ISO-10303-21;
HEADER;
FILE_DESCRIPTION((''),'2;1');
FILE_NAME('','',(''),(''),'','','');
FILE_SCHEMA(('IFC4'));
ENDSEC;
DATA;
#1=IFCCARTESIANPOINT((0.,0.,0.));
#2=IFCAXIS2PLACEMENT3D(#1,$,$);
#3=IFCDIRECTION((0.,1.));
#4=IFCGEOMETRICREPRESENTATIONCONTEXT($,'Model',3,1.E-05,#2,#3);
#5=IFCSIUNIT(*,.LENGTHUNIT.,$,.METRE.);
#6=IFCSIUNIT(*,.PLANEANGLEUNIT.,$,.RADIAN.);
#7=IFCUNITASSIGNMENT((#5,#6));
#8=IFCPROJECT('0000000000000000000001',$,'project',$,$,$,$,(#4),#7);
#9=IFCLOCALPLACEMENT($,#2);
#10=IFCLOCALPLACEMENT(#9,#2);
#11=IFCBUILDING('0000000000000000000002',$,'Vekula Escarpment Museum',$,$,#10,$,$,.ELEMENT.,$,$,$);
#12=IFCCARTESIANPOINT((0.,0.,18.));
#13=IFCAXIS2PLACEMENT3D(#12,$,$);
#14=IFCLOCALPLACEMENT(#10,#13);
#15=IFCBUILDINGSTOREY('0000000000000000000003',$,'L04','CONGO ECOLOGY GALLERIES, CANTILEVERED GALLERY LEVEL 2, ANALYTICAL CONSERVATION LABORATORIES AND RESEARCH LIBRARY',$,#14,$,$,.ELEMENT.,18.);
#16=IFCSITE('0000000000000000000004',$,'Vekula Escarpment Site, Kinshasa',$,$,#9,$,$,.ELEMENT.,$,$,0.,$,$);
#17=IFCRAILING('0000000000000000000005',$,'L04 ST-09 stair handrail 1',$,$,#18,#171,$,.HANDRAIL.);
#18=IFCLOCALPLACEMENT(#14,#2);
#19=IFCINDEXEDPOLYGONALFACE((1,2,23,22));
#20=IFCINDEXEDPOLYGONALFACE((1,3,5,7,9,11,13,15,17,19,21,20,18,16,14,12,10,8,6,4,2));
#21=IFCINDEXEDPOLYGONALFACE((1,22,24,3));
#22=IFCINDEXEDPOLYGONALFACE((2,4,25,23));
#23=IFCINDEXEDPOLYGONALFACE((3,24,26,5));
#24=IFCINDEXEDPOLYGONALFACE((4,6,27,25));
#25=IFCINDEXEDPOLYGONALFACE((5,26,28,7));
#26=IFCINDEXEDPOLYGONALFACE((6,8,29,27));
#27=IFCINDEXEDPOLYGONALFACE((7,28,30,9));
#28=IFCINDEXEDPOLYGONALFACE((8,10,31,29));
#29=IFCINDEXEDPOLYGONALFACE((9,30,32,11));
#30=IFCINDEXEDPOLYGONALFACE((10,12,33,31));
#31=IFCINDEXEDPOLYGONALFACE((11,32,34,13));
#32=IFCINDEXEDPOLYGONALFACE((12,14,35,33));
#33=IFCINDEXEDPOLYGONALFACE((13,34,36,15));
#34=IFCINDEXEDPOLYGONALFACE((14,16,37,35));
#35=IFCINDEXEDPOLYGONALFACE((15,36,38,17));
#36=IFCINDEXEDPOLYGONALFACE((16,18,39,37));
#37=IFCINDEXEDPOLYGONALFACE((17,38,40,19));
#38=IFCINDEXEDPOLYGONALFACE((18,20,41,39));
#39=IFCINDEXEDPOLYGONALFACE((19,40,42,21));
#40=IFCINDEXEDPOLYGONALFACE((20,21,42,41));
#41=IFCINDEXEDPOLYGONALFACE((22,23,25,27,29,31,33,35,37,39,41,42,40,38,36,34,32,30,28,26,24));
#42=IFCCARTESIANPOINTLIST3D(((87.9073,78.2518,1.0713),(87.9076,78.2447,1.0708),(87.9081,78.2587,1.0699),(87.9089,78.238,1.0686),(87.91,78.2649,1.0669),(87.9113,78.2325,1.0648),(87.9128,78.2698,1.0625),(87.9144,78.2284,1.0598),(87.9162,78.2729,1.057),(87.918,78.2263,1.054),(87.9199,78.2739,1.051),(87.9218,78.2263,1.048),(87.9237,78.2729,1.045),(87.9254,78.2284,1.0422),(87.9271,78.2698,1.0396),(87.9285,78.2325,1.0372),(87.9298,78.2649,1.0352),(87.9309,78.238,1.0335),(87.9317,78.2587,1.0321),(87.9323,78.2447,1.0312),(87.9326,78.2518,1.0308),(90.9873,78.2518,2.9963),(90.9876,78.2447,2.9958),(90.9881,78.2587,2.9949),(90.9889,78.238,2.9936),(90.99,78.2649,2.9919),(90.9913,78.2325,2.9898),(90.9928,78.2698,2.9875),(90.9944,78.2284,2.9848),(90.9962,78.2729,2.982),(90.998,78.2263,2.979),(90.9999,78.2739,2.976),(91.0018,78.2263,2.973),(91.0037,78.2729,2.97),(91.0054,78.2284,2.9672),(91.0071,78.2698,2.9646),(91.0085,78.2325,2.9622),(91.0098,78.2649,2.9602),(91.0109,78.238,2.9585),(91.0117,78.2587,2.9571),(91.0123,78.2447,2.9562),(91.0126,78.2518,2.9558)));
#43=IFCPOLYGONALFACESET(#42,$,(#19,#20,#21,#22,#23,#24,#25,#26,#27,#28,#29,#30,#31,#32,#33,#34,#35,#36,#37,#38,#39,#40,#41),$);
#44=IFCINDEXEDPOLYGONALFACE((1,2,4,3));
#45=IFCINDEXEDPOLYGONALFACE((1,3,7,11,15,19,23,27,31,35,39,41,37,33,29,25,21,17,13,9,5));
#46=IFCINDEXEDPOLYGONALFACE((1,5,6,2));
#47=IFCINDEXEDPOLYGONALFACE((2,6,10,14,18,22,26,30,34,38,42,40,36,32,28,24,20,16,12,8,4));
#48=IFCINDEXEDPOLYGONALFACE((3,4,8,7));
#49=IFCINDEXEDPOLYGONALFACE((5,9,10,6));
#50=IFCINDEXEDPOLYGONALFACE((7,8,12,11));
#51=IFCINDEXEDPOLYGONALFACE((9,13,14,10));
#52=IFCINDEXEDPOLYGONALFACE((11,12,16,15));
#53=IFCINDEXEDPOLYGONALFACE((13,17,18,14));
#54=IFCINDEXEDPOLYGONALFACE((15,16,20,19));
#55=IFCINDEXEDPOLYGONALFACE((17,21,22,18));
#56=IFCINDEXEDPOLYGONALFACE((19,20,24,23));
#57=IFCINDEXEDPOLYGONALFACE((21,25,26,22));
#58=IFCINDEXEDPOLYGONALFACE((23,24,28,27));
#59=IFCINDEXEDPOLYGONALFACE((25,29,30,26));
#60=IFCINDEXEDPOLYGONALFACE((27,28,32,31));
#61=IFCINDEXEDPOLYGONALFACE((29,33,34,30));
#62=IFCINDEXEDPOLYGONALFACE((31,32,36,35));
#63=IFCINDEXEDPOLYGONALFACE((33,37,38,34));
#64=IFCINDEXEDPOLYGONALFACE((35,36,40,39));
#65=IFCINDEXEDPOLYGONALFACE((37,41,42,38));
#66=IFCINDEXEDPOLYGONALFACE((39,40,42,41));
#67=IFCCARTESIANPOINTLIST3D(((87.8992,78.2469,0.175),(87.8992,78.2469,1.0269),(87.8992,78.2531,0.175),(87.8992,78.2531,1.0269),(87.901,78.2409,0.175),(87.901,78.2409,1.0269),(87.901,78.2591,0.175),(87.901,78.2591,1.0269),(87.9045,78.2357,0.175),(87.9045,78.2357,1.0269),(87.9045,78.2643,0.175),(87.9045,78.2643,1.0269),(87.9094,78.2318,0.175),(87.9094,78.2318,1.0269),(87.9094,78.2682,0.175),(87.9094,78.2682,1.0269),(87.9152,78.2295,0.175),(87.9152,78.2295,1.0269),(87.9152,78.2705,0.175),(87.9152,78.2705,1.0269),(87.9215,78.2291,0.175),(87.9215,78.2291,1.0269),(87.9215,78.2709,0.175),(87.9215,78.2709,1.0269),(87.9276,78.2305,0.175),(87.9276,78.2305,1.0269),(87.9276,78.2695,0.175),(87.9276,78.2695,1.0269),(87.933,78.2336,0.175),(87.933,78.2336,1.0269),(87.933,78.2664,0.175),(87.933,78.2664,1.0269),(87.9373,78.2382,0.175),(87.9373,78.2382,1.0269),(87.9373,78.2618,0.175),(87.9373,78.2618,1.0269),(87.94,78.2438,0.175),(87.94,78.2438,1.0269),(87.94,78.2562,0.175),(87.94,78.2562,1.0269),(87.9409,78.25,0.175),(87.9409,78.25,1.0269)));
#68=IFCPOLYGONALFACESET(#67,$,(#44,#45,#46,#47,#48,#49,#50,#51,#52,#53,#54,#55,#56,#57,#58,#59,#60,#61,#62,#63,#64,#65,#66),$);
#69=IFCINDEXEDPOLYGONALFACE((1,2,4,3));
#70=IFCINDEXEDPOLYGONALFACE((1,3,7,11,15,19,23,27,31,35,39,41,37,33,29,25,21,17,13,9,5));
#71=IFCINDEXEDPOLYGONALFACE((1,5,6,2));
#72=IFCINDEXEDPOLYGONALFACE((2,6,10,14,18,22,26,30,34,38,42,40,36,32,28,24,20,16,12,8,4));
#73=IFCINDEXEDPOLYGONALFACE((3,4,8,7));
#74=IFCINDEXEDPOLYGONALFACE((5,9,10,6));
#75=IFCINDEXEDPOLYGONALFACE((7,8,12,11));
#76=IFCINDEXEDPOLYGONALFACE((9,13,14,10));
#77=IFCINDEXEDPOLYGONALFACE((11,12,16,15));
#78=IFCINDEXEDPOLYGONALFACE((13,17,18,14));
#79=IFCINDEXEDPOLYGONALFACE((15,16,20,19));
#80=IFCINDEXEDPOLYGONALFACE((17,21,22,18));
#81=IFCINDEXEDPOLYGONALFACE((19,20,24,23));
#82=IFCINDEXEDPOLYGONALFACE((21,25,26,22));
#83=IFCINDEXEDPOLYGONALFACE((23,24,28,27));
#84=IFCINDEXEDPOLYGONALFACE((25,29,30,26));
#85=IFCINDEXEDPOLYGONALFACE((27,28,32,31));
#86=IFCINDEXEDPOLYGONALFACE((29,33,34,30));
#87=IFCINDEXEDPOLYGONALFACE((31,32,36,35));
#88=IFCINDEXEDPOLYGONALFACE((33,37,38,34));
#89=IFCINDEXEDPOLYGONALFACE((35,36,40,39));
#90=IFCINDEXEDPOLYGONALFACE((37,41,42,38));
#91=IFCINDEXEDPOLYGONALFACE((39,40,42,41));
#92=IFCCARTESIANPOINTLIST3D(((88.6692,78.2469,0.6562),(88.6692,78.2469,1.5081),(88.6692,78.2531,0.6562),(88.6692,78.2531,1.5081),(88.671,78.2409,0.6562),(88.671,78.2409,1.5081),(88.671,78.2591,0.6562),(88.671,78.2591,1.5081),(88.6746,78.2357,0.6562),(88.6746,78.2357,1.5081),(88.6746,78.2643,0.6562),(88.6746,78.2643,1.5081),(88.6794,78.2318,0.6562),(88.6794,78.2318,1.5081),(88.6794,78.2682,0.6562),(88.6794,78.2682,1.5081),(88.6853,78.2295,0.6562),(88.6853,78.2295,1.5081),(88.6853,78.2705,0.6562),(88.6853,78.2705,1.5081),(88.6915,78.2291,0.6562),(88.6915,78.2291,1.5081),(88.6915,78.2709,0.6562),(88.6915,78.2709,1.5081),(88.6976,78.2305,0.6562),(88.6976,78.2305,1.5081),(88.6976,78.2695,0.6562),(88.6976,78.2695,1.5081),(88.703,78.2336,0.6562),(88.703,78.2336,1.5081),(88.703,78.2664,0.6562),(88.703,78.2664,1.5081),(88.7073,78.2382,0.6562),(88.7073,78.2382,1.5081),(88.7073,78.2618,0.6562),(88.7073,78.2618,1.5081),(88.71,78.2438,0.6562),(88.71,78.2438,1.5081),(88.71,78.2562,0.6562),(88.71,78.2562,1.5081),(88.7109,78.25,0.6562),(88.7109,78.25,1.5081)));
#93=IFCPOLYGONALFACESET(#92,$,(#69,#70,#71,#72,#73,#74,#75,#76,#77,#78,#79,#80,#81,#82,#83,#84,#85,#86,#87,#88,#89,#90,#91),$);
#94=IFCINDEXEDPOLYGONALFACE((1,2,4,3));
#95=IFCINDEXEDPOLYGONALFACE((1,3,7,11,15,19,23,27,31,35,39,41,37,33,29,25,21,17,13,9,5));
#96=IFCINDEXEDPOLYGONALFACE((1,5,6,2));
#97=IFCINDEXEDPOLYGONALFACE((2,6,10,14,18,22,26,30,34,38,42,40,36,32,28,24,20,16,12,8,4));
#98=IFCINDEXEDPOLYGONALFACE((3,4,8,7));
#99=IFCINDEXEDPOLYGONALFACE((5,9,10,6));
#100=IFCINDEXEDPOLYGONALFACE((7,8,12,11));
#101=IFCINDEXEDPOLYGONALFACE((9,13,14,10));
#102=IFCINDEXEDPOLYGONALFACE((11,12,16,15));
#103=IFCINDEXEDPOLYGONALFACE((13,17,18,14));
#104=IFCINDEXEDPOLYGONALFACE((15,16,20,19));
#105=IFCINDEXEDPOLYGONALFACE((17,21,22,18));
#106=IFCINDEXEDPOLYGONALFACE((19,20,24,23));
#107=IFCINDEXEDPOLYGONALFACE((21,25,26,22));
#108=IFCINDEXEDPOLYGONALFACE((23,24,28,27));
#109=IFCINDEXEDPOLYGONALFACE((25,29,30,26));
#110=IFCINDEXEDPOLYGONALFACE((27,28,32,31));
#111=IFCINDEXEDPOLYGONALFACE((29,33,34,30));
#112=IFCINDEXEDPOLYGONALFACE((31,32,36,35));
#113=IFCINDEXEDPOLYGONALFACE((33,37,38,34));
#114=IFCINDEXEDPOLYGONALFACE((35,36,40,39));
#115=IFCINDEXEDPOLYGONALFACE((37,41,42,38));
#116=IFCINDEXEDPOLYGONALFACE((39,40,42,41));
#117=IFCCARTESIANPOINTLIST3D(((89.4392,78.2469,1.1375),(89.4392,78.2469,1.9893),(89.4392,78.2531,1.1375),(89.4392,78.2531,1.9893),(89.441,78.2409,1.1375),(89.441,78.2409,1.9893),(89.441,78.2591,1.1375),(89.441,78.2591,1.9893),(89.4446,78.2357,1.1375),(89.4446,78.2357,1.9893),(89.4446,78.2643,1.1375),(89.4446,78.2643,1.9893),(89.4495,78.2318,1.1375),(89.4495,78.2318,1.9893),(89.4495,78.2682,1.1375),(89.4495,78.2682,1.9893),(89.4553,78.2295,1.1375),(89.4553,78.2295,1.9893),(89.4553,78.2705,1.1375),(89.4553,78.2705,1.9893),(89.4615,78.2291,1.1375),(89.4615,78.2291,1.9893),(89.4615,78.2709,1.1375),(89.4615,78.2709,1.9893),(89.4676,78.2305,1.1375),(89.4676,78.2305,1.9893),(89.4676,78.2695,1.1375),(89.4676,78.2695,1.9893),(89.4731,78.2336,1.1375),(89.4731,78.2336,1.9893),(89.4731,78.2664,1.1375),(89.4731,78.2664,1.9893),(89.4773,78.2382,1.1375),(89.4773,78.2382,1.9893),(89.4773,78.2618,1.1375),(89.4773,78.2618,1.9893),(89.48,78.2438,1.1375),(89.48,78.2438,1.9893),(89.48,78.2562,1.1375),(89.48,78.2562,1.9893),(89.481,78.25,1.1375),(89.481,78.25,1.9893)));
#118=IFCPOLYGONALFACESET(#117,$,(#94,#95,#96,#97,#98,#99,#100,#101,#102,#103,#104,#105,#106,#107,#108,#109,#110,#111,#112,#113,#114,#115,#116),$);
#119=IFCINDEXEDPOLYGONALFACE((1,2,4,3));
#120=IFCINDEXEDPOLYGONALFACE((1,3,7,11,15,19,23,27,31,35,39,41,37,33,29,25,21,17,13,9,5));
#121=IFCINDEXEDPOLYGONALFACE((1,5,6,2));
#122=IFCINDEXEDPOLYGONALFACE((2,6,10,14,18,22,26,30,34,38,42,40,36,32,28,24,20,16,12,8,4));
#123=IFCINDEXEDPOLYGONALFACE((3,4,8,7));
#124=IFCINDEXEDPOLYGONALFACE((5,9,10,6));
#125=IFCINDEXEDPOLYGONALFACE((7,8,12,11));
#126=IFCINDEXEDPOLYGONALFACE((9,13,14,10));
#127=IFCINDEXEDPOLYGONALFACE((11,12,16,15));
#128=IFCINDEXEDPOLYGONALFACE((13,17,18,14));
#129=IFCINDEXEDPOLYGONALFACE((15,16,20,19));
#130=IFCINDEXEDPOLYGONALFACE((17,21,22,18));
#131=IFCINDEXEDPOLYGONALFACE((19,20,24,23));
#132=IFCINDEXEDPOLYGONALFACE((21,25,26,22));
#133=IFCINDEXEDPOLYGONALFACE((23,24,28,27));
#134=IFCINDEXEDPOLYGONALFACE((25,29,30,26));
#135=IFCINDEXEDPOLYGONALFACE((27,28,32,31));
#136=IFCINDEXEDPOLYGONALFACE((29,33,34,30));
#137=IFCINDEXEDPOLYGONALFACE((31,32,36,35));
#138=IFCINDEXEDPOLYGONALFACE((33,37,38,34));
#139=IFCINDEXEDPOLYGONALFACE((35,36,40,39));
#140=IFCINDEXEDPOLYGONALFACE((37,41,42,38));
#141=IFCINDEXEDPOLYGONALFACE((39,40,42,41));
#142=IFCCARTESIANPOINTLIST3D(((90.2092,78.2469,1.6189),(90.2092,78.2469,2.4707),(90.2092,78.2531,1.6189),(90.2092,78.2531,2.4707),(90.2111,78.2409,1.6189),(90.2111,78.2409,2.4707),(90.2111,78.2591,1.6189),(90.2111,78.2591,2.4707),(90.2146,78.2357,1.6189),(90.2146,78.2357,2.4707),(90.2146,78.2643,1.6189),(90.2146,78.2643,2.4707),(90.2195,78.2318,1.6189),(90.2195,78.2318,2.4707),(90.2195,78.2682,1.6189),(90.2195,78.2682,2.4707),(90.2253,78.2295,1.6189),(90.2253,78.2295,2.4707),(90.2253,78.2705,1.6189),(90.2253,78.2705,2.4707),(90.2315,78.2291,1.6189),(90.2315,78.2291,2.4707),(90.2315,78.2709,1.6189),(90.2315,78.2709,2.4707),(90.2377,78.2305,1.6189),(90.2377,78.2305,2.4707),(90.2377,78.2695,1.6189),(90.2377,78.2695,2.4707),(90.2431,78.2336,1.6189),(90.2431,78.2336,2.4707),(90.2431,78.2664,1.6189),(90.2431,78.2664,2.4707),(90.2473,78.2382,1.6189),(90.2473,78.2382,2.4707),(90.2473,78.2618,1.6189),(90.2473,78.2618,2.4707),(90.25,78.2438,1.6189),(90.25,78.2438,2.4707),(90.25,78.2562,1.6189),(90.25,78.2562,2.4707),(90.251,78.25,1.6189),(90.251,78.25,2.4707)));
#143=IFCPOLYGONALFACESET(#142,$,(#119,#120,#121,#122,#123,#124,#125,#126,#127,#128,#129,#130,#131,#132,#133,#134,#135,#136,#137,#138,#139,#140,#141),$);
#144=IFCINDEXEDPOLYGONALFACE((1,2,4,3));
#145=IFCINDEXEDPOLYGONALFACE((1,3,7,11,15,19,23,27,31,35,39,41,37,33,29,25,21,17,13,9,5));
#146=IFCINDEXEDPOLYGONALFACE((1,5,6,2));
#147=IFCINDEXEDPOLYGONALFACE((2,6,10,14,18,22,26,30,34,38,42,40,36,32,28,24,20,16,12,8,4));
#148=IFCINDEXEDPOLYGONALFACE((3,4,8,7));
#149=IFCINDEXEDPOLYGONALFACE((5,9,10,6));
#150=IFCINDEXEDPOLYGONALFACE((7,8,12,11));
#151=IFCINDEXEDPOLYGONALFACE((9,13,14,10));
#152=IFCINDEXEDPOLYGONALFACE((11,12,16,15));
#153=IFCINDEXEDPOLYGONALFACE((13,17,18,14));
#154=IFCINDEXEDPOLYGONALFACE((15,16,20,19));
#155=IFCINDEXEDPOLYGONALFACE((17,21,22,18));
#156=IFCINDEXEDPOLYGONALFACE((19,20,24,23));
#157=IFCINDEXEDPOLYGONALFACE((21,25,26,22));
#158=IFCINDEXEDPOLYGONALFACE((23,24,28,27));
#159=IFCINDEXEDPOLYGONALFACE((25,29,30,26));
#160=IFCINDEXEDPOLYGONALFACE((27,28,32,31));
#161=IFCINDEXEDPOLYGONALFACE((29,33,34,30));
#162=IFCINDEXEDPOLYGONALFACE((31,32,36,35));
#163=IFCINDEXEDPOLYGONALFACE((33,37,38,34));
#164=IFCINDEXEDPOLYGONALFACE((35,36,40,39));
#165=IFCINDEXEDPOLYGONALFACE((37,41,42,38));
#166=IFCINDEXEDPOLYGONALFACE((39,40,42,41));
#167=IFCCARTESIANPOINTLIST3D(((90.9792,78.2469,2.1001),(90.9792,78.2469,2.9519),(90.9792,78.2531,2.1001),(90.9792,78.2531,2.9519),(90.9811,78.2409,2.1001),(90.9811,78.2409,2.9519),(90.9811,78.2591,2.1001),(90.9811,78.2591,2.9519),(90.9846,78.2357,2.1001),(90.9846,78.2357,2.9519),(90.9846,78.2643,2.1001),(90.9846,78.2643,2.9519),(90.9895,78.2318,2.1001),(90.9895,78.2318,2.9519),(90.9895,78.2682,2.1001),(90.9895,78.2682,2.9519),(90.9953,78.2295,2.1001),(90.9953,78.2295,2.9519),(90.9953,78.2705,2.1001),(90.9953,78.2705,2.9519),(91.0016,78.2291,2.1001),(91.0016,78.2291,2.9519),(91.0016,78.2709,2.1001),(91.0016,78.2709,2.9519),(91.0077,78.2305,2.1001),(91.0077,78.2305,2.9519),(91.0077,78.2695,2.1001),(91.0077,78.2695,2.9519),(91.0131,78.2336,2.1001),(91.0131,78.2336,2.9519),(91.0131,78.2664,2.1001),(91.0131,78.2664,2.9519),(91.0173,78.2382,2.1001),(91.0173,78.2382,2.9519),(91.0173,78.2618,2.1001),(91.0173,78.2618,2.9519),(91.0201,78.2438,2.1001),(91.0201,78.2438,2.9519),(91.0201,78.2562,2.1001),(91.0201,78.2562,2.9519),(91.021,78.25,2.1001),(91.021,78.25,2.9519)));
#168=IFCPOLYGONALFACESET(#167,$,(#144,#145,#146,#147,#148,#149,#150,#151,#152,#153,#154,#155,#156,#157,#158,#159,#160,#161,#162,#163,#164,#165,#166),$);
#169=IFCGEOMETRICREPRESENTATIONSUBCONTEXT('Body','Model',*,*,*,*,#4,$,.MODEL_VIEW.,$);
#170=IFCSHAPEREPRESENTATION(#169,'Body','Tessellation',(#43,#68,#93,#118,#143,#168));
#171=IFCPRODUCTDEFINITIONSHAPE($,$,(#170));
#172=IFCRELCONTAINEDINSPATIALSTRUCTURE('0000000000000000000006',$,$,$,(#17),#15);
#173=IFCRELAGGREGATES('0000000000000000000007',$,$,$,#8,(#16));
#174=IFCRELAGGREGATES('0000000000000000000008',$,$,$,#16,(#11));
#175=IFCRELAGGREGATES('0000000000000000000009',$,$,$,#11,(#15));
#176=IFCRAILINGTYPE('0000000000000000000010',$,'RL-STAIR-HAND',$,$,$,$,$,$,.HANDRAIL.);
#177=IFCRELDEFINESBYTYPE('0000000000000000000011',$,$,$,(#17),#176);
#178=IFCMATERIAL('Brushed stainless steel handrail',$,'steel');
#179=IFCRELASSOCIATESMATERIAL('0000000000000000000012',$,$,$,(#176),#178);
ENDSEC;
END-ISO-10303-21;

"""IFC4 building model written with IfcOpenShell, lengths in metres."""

from ifc_helpers import new_model, si_unit, direction, frame, origin, origin_2d, place, context, subcontext, project, spatial, circle, extrude, material, type_object, element, save


model = new_model("IFC4")

# Units and contexts
model_context = context("Model", 3, precision=1e-05, world=origin(), true_north=direction((0.0, 1.0)))
body_context = subcontext(model_context, "Body", "Model", "MODEL_VIEW")
ifc_project = project(units=[si_unit("LENGTHUNIT", "METRE"), si_unit("PLANEANGLEUNIT", "RADIAN")], contexts=[model_context])

# Site, building, storey
site_placement = place(None, origin())
site = spatial("IfcSite", under=ifc_project, at=site_placement, Name="Vekula Escarpment Site, Kinshasa", CompositionType="ELEMENT", RefElevation=0.0)
building_placement = place(site_placement, origin())
building = spatial("IfcBuilding", under=site, at=building_placement, Name="Vekula Escarpment Museum", CompositionType="ELEMENT")
storey_placement = place(building_placement, frame((0.0, 0.0, 18.0)))
storey = spatial("IfcBuildingStorey", under=building, at=storey_placement, Name="L04", Description="CONGO ECOLOGY GALLERIES, CANTILEVERED GALLERY LEVEL 2, ANALYTICAL CONSERVATION LABORATORIES AND RESEARCH LIBRARY", CompositionType="ELEMENT", Elevation=18.0)

# Railing
ifc_material_1 = material(Name="Brushed stainless steel handrail", Category="steel")
railing_type_1 = type_object("IfcRailingType", Name="RL-STAIR-HAND", PredefinedType="HANDRAIL", material=ifc_material_1)
railing_1_placement = place(storey_placement, frame((87.9199, 78.25, 0.175)))
element("IfcRailing", 1, at=railing_1_placement, inside=storey, type_object=railing_type_1, Name="L04 ST-09 stair handrail 1", PredefinedType="HANDRAIL", context=body_context, shape_type="SweptSolid", body=[
    extrude(circle(Radius=0.0239, at=origin_2d()), frame((0.0, 0.0, 0.876), z_axis=(0.847998, 0.0, 0.529999), x_axis=(0.0, 1.0, 0.0)), (0.0, 0.0, 1.0), 3.6321),
    extrude(circle(Radius=0.021, at=origin_2d()), origin(), (0.0, 0.0, 1.0), 0.8518),
    extrude(circle(Radius=0.021, at=origin_2d()), frame((0.77, 0.0, 0.4812)), (0.0, 0.0, 1.0), 0.8518),
    extrude(circle(Radius=0.021, at=origin_2d()), frame((1.54, 0.0, 0.9624)), (0.0, 0.0, 1.0), 0.8518),
    extrude(circle(Radius=0.021, at=origin_2d()), frame((2.3101, 0.0, 1.4438)), (0.0, 0.0, 1.0), 0.8518),
    extrude(circle(Radius=0.021, at=origin_2d()), frame((3.0801, 0.0, 1.925)), (0.0, 0.0, 1.0), 0.8518),
])

save(model, "model.ifc")
